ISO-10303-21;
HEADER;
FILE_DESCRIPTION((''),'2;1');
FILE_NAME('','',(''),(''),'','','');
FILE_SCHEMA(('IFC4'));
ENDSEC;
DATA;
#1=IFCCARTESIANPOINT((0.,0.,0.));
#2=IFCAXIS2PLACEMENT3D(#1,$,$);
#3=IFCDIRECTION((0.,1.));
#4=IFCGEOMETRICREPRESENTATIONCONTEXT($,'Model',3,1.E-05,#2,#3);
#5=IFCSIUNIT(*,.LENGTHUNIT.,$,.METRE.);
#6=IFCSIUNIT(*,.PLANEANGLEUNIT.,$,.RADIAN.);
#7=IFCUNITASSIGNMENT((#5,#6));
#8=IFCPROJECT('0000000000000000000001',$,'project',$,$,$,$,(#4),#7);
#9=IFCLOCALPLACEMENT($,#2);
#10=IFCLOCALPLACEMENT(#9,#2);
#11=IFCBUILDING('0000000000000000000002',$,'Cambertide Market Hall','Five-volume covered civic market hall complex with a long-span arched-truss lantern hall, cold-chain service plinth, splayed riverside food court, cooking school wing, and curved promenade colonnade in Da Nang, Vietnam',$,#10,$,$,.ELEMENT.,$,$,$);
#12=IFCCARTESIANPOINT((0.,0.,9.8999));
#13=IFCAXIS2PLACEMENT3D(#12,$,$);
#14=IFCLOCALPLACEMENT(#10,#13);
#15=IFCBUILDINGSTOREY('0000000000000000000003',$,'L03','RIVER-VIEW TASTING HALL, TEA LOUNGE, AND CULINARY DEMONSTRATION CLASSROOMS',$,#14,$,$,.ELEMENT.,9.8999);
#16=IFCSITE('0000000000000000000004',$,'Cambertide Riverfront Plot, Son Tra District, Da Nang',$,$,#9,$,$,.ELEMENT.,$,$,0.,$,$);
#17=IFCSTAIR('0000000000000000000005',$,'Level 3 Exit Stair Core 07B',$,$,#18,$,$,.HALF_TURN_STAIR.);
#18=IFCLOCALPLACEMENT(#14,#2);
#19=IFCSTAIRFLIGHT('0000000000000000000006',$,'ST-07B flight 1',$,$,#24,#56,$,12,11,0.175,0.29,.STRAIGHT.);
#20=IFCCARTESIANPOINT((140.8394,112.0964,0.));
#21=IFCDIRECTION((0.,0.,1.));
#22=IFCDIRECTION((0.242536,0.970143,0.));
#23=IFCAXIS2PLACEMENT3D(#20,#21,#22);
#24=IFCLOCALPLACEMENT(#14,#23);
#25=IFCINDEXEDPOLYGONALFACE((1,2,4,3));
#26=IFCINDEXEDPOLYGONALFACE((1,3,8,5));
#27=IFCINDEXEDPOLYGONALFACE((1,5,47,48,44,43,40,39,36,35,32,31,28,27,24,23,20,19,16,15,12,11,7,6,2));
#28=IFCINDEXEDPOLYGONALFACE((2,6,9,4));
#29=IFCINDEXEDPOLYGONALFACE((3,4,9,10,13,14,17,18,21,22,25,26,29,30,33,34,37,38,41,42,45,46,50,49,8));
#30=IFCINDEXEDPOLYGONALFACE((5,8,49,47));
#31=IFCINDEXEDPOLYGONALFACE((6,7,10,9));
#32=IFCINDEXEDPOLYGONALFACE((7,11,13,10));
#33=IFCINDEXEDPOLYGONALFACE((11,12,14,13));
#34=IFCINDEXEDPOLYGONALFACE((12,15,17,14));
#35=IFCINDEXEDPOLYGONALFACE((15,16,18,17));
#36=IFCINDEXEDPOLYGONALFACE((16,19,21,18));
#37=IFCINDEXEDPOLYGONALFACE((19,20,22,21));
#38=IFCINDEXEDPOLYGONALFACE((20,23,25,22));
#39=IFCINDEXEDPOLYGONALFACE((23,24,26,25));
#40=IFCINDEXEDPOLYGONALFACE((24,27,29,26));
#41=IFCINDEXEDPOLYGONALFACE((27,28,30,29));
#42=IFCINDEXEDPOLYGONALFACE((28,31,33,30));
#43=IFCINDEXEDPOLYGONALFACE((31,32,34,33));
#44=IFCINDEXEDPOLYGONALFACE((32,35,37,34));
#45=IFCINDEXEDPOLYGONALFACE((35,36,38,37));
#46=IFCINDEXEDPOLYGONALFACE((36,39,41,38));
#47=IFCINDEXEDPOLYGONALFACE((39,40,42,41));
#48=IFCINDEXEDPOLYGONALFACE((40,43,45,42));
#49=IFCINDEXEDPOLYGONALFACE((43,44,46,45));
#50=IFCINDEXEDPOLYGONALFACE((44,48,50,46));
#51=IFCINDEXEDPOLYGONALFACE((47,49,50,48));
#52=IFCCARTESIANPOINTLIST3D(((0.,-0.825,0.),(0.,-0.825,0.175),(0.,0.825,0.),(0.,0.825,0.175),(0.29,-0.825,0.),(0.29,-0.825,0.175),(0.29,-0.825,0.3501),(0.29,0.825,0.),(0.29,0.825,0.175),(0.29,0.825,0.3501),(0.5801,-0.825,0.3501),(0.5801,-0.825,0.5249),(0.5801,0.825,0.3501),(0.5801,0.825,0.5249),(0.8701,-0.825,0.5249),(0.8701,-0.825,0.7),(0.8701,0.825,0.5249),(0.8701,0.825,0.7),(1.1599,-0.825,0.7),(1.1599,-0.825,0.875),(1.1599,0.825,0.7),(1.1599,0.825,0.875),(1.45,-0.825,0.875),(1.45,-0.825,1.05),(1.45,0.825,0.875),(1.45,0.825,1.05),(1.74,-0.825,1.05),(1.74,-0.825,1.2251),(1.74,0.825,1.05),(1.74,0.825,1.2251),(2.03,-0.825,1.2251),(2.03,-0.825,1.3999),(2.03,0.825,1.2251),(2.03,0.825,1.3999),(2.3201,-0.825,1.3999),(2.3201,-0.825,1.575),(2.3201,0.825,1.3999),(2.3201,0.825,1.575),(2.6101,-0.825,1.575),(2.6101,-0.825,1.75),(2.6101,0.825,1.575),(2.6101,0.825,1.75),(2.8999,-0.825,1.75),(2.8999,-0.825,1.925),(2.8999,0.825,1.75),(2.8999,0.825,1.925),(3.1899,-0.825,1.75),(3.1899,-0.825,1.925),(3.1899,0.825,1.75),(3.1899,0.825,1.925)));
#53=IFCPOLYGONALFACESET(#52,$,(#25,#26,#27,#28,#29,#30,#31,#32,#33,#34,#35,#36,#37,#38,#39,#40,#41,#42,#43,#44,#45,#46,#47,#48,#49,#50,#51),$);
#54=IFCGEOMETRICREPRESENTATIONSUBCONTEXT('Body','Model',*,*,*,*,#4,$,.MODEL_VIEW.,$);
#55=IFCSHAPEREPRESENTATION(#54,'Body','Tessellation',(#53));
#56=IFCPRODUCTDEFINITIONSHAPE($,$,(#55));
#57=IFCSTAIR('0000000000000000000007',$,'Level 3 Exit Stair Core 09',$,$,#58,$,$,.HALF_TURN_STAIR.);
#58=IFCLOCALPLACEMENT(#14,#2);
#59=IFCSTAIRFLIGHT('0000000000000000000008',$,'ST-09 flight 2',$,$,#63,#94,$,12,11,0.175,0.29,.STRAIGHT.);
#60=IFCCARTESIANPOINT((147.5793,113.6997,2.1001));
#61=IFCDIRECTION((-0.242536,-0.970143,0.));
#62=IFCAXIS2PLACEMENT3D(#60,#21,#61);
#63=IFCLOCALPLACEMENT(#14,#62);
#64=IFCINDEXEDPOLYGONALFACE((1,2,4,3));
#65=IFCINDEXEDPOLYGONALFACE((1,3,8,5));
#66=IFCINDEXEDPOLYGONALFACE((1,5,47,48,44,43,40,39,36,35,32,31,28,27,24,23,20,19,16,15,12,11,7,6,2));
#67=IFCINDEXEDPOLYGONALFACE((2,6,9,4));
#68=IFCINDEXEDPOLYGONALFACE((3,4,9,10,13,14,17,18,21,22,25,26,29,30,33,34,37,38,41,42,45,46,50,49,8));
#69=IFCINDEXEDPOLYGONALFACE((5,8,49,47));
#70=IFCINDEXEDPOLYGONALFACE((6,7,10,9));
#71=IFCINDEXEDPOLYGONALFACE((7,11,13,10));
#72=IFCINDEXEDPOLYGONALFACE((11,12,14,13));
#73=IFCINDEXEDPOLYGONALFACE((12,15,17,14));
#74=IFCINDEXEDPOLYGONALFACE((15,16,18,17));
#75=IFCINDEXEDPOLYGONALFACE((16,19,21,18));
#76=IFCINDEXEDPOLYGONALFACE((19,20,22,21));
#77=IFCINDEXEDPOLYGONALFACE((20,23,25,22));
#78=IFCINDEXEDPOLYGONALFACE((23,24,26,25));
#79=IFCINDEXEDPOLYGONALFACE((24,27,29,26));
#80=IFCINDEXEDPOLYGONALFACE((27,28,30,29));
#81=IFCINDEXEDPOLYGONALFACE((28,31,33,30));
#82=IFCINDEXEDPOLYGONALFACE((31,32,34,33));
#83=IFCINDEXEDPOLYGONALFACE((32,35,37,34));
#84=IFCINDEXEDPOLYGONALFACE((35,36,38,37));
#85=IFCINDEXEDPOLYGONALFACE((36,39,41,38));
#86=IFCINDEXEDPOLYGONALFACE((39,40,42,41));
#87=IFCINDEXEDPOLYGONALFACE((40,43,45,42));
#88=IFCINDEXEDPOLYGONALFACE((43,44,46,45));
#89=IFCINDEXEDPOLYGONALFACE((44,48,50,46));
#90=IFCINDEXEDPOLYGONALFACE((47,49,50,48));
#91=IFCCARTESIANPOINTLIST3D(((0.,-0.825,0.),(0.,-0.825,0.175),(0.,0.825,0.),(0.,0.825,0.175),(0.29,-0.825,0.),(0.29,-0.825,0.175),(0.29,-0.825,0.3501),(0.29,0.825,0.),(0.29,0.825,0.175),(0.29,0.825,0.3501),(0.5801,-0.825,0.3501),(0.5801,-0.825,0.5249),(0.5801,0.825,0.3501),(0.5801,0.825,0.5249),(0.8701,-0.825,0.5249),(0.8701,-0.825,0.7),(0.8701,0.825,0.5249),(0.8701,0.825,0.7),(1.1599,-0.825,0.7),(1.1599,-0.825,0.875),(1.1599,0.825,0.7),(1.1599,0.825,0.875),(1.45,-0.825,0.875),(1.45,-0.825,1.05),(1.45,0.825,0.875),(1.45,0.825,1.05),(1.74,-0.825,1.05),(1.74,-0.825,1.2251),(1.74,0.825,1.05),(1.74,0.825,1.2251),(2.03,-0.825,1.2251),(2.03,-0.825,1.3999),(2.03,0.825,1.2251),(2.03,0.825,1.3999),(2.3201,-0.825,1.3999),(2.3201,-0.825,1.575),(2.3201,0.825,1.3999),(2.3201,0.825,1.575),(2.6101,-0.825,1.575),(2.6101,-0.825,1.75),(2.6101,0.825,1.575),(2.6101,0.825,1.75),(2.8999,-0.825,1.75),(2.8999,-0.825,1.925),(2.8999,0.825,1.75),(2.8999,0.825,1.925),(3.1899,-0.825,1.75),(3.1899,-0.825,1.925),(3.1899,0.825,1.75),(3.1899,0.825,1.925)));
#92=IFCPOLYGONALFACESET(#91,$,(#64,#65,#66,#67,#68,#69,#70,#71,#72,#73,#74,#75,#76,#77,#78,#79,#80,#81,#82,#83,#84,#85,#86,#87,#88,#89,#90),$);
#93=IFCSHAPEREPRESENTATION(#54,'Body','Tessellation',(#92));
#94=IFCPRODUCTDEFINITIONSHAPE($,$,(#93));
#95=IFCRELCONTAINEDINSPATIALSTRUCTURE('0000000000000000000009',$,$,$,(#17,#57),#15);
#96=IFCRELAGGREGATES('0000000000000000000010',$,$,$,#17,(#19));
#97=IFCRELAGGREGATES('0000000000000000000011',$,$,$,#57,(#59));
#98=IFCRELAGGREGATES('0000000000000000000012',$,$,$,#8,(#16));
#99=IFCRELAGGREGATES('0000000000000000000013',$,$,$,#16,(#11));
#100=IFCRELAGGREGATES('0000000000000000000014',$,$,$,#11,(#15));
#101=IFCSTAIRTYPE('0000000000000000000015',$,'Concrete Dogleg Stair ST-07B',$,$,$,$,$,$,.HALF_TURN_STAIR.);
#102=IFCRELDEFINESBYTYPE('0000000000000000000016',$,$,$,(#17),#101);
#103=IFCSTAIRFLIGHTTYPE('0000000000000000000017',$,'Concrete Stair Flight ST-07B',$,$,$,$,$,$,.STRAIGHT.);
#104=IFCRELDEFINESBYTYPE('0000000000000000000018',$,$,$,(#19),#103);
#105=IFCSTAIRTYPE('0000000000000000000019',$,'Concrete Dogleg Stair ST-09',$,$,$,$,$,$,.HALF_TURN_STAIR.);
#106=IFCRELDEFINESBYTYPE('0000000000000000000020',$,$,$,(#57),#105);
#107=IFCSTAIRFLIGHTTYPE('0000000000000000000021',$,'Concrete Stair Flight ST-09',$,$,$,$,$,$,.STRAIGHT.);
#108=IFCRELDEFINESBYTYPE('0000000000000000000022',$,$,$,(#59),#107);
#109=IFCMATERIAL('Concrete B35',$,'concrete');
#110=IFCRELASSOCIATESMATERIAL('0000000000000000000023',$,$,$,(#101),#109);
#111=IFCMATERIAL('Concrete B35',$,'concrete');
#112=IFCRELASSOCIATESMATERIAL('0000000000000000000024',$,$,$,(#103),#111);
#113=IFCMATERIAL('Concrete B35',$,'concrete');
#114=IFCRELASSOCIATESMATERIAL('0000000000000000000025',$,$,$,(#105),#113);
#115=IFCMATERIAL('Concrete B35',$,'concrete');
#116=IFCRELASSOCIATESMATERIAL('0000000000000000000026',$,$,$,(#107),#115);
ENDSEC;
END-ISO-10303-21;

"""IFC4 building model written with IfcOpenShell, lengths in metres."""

from ifc_helpers import new_model, si_unit, direction, frame, origin, place, context, subcontext, project, spatial, polyline, outline, extrude, material, type_object, element, aggregate, save


model = new_model("IFC4")

# Units and contexts
model_context = context("Model", 3, precision=1e-05, world=origin(), true_north=direction((0.0, 1.0)))
body_context = subcontext(model_context, "Body", "Model", "MODEL_VIEW")
ifc_project = project(units=[si_unit("LENGTHUNIT", "METRE"), si_unit("PLANEANGLEUNIT", "RADIAN")], contexts=[model_context])

# Site, building, storey
site_placement = place(None, origin())
site = spatial("IfcSite", under=ifc_project, at=site_placement, Name="Cambertide Riverfront Plot, Son Tra District, Da Nang", CompositionType="ELEMENT", RefElevation=0.0)
building_placement = place(site_placement, origin())
building = spatial("IfcBuilding", under=site, at=building_placement, Name="Cambertide Market Hall", Description="Five-volume covered civic market hall complex with a long-span arched-truss lantern hall, cold-chain service plinth, splayed riverside food court, cooking school wing, and curved promenade colonnade in Da Nang, Vietnam", CompositionType="ELEMENT")
storey_placement = place(building_placement, frame((0.0, 0.0, 9.8999)))
storey = spatial("IfcBuildingStorey", under=building, at=storey_placement, Name="L03", Description="RIVER-VIEW TASTING HALL, TEA LOUNGE, AND CULINARY DEMONSTRATION CLASSROOMS", CompositionType="ELEMENT", Elevation=9.8999)

# Stairs, stair flights
ifc_material_1 = material(Name="Concrete B35", Category="concrete")
stair_type_1 = type_object("IfcStairType", Name="Concrete Dogleg Stair ST-07B", PredefinedType="HALF_TURN_STAIR", material=ifc_material_1)
stair_1_placement = place(storey_placement, origin())
stair_1 = element("IfcStair", 1, at=stair_1_placement, inside=storey, type_object=stair_type_1, Name="Level 3 Exit Stair Core 07B", PredefinedType="HALF_TURN_STAIR")
ifc_material_2 = material(Name="Concrete B35", Category="concrete")
stair_flight_type_1 = type_object("IfcStairFlightType", Name="Concrete Stair Flight ST-07B", PredefinedType="STRAIGHT", material=ifc_material_2)
stair_flight_1_placement = place(storey_placement, frame((140.8394, 112.0964, 0.0), z_axis=(0.0, 0.0, 1.0), x_axis=(0.242536, 0.970143, 0.0)))
stair_flight_1 = element("IfcStairFlight", 2, at=stair_flight_1_placement, type_object=stair_flight_type_1, Name="ST-07B flight 1", NumberOfRisers=12, NumberOfTreads=11, PredefinedType="STRAIGHT", RiserHeight=0.175, TreadLength=0.29, context=body_context, shape_type="SweptSolid", body=[
    extrude(outline(polyline([(0.0, 0.0), (0.0, 0.175), (0.29, 0.175), (0.29, 0.3501), (0.5801, 0.3501), (0.5801, 0.5249), (0.8701, 0.5249), (0.8701, 0.7), (1.1599, 0.7), (1.1599, 0.875), (1.45, 0.875), (1.45, 1.05), (1.74, 1.05), (1.74, 1.2251), (2.03, 1.2251), (2.03, 1.3999), (2.3201, 1.3999), (2.3201, 1.575), (2.6101, 1.575), (2.6101, 1.75), (2.8999, 1.75), (2.8999, 1.925), (3.1899, 1.925), (3.1899, 2.1001), (3.1899, 1.75), (0.29, 0.0), (0.0, 0.0)])), frame((0.0, 0.825, 0.0), z_axis=(0.0, -1.0, 0.0), x_axis=(1.0, 0.0, 0.0)), (0.0, 0.0, 1.0), 1.6499),
])
aggregate(stair_1, [stair_flight_1])
ifc_material_3 = material(Name="Concrete B35", Category="concrete")
stair_type_2 = type_object("IfcStairType", Name="Concrete Dogleg Stair ST-09", PredefinedType="HALF_TURN_STAIR", material=ifc_material_3)
stair_2_placement = place(storey_placement, origin())
stair_2 = element("IfcStair", 3, at=stair_2_placement, inside=storey, type_object=stair_type_2, Name="Level 3 Exit Stair Core 09", PredefinedType="HALF_TURN_STAIR")
ifc_material_4 = material(Name="Concrete B35", Category="concrete")
stair_flight_type_2 = type_object("IfcStairFlightType", Name="Concrete Stair Flight ST-09", PredefinedType="STRAIGHT", material=ifc_material_4)
stair_flight_2_placement = place(storey_placement, frame((147.5793, 113.6997, 2.1001), z_axis=(0.0, 0.0, 1.0), x_axis=(-0.242536, -0.970143, 0.0)))
stair_flight_2 = element("IfcStairFlight", 4, at=stair_flight_2_placement, type_object=stair_flight_type_2, Name="ST-09 flight 2", NumberOfRisers=12, NumberOfTreads=11, PredefinedType="STRAIGHT", RiserHeight=0.175, TreadLength=0.29, context=body_context, shape_type="SweptSolid", body=[
    extrude(outline(polyline([(0.0, 0.0), (0.0, 0.175), (0.29, 0.175), (0.29, 0.3501), (0.5801, 0.3501), (0.5801, 0.5249), (0.8701, 0.5249), (0.8701, 0.7), (1.1599, 0.7), (1.1599, 0.875), (1.45, 0.875), (1.45, 1.05), (1.74, 1.05), (1.74, 1.2251), (2.03, 1.2251), (2.03, 1.3999), (2.3201, 1.3999), (2.3201, 1.575), (2.6101, 1.575), (2.6101, 1.75), (2.8999, 1.75), (2.8999, 1.925), (3.1899, 1.925), (3.1899, 2.1001), (3.1899, 1.75), (0.29, 0.0), (0.0, 0.0)])), frame((0.0, 0.825, 0.0), z_axis=(0.0, -1.0, 0.0), x_axis=(1.0, 0.0, 0.0)), (0.0, 0.0, 1.0), 1.6499),
])
aggregate(stair_2, [stair_flight_2])

save(model, "model.ifc")
